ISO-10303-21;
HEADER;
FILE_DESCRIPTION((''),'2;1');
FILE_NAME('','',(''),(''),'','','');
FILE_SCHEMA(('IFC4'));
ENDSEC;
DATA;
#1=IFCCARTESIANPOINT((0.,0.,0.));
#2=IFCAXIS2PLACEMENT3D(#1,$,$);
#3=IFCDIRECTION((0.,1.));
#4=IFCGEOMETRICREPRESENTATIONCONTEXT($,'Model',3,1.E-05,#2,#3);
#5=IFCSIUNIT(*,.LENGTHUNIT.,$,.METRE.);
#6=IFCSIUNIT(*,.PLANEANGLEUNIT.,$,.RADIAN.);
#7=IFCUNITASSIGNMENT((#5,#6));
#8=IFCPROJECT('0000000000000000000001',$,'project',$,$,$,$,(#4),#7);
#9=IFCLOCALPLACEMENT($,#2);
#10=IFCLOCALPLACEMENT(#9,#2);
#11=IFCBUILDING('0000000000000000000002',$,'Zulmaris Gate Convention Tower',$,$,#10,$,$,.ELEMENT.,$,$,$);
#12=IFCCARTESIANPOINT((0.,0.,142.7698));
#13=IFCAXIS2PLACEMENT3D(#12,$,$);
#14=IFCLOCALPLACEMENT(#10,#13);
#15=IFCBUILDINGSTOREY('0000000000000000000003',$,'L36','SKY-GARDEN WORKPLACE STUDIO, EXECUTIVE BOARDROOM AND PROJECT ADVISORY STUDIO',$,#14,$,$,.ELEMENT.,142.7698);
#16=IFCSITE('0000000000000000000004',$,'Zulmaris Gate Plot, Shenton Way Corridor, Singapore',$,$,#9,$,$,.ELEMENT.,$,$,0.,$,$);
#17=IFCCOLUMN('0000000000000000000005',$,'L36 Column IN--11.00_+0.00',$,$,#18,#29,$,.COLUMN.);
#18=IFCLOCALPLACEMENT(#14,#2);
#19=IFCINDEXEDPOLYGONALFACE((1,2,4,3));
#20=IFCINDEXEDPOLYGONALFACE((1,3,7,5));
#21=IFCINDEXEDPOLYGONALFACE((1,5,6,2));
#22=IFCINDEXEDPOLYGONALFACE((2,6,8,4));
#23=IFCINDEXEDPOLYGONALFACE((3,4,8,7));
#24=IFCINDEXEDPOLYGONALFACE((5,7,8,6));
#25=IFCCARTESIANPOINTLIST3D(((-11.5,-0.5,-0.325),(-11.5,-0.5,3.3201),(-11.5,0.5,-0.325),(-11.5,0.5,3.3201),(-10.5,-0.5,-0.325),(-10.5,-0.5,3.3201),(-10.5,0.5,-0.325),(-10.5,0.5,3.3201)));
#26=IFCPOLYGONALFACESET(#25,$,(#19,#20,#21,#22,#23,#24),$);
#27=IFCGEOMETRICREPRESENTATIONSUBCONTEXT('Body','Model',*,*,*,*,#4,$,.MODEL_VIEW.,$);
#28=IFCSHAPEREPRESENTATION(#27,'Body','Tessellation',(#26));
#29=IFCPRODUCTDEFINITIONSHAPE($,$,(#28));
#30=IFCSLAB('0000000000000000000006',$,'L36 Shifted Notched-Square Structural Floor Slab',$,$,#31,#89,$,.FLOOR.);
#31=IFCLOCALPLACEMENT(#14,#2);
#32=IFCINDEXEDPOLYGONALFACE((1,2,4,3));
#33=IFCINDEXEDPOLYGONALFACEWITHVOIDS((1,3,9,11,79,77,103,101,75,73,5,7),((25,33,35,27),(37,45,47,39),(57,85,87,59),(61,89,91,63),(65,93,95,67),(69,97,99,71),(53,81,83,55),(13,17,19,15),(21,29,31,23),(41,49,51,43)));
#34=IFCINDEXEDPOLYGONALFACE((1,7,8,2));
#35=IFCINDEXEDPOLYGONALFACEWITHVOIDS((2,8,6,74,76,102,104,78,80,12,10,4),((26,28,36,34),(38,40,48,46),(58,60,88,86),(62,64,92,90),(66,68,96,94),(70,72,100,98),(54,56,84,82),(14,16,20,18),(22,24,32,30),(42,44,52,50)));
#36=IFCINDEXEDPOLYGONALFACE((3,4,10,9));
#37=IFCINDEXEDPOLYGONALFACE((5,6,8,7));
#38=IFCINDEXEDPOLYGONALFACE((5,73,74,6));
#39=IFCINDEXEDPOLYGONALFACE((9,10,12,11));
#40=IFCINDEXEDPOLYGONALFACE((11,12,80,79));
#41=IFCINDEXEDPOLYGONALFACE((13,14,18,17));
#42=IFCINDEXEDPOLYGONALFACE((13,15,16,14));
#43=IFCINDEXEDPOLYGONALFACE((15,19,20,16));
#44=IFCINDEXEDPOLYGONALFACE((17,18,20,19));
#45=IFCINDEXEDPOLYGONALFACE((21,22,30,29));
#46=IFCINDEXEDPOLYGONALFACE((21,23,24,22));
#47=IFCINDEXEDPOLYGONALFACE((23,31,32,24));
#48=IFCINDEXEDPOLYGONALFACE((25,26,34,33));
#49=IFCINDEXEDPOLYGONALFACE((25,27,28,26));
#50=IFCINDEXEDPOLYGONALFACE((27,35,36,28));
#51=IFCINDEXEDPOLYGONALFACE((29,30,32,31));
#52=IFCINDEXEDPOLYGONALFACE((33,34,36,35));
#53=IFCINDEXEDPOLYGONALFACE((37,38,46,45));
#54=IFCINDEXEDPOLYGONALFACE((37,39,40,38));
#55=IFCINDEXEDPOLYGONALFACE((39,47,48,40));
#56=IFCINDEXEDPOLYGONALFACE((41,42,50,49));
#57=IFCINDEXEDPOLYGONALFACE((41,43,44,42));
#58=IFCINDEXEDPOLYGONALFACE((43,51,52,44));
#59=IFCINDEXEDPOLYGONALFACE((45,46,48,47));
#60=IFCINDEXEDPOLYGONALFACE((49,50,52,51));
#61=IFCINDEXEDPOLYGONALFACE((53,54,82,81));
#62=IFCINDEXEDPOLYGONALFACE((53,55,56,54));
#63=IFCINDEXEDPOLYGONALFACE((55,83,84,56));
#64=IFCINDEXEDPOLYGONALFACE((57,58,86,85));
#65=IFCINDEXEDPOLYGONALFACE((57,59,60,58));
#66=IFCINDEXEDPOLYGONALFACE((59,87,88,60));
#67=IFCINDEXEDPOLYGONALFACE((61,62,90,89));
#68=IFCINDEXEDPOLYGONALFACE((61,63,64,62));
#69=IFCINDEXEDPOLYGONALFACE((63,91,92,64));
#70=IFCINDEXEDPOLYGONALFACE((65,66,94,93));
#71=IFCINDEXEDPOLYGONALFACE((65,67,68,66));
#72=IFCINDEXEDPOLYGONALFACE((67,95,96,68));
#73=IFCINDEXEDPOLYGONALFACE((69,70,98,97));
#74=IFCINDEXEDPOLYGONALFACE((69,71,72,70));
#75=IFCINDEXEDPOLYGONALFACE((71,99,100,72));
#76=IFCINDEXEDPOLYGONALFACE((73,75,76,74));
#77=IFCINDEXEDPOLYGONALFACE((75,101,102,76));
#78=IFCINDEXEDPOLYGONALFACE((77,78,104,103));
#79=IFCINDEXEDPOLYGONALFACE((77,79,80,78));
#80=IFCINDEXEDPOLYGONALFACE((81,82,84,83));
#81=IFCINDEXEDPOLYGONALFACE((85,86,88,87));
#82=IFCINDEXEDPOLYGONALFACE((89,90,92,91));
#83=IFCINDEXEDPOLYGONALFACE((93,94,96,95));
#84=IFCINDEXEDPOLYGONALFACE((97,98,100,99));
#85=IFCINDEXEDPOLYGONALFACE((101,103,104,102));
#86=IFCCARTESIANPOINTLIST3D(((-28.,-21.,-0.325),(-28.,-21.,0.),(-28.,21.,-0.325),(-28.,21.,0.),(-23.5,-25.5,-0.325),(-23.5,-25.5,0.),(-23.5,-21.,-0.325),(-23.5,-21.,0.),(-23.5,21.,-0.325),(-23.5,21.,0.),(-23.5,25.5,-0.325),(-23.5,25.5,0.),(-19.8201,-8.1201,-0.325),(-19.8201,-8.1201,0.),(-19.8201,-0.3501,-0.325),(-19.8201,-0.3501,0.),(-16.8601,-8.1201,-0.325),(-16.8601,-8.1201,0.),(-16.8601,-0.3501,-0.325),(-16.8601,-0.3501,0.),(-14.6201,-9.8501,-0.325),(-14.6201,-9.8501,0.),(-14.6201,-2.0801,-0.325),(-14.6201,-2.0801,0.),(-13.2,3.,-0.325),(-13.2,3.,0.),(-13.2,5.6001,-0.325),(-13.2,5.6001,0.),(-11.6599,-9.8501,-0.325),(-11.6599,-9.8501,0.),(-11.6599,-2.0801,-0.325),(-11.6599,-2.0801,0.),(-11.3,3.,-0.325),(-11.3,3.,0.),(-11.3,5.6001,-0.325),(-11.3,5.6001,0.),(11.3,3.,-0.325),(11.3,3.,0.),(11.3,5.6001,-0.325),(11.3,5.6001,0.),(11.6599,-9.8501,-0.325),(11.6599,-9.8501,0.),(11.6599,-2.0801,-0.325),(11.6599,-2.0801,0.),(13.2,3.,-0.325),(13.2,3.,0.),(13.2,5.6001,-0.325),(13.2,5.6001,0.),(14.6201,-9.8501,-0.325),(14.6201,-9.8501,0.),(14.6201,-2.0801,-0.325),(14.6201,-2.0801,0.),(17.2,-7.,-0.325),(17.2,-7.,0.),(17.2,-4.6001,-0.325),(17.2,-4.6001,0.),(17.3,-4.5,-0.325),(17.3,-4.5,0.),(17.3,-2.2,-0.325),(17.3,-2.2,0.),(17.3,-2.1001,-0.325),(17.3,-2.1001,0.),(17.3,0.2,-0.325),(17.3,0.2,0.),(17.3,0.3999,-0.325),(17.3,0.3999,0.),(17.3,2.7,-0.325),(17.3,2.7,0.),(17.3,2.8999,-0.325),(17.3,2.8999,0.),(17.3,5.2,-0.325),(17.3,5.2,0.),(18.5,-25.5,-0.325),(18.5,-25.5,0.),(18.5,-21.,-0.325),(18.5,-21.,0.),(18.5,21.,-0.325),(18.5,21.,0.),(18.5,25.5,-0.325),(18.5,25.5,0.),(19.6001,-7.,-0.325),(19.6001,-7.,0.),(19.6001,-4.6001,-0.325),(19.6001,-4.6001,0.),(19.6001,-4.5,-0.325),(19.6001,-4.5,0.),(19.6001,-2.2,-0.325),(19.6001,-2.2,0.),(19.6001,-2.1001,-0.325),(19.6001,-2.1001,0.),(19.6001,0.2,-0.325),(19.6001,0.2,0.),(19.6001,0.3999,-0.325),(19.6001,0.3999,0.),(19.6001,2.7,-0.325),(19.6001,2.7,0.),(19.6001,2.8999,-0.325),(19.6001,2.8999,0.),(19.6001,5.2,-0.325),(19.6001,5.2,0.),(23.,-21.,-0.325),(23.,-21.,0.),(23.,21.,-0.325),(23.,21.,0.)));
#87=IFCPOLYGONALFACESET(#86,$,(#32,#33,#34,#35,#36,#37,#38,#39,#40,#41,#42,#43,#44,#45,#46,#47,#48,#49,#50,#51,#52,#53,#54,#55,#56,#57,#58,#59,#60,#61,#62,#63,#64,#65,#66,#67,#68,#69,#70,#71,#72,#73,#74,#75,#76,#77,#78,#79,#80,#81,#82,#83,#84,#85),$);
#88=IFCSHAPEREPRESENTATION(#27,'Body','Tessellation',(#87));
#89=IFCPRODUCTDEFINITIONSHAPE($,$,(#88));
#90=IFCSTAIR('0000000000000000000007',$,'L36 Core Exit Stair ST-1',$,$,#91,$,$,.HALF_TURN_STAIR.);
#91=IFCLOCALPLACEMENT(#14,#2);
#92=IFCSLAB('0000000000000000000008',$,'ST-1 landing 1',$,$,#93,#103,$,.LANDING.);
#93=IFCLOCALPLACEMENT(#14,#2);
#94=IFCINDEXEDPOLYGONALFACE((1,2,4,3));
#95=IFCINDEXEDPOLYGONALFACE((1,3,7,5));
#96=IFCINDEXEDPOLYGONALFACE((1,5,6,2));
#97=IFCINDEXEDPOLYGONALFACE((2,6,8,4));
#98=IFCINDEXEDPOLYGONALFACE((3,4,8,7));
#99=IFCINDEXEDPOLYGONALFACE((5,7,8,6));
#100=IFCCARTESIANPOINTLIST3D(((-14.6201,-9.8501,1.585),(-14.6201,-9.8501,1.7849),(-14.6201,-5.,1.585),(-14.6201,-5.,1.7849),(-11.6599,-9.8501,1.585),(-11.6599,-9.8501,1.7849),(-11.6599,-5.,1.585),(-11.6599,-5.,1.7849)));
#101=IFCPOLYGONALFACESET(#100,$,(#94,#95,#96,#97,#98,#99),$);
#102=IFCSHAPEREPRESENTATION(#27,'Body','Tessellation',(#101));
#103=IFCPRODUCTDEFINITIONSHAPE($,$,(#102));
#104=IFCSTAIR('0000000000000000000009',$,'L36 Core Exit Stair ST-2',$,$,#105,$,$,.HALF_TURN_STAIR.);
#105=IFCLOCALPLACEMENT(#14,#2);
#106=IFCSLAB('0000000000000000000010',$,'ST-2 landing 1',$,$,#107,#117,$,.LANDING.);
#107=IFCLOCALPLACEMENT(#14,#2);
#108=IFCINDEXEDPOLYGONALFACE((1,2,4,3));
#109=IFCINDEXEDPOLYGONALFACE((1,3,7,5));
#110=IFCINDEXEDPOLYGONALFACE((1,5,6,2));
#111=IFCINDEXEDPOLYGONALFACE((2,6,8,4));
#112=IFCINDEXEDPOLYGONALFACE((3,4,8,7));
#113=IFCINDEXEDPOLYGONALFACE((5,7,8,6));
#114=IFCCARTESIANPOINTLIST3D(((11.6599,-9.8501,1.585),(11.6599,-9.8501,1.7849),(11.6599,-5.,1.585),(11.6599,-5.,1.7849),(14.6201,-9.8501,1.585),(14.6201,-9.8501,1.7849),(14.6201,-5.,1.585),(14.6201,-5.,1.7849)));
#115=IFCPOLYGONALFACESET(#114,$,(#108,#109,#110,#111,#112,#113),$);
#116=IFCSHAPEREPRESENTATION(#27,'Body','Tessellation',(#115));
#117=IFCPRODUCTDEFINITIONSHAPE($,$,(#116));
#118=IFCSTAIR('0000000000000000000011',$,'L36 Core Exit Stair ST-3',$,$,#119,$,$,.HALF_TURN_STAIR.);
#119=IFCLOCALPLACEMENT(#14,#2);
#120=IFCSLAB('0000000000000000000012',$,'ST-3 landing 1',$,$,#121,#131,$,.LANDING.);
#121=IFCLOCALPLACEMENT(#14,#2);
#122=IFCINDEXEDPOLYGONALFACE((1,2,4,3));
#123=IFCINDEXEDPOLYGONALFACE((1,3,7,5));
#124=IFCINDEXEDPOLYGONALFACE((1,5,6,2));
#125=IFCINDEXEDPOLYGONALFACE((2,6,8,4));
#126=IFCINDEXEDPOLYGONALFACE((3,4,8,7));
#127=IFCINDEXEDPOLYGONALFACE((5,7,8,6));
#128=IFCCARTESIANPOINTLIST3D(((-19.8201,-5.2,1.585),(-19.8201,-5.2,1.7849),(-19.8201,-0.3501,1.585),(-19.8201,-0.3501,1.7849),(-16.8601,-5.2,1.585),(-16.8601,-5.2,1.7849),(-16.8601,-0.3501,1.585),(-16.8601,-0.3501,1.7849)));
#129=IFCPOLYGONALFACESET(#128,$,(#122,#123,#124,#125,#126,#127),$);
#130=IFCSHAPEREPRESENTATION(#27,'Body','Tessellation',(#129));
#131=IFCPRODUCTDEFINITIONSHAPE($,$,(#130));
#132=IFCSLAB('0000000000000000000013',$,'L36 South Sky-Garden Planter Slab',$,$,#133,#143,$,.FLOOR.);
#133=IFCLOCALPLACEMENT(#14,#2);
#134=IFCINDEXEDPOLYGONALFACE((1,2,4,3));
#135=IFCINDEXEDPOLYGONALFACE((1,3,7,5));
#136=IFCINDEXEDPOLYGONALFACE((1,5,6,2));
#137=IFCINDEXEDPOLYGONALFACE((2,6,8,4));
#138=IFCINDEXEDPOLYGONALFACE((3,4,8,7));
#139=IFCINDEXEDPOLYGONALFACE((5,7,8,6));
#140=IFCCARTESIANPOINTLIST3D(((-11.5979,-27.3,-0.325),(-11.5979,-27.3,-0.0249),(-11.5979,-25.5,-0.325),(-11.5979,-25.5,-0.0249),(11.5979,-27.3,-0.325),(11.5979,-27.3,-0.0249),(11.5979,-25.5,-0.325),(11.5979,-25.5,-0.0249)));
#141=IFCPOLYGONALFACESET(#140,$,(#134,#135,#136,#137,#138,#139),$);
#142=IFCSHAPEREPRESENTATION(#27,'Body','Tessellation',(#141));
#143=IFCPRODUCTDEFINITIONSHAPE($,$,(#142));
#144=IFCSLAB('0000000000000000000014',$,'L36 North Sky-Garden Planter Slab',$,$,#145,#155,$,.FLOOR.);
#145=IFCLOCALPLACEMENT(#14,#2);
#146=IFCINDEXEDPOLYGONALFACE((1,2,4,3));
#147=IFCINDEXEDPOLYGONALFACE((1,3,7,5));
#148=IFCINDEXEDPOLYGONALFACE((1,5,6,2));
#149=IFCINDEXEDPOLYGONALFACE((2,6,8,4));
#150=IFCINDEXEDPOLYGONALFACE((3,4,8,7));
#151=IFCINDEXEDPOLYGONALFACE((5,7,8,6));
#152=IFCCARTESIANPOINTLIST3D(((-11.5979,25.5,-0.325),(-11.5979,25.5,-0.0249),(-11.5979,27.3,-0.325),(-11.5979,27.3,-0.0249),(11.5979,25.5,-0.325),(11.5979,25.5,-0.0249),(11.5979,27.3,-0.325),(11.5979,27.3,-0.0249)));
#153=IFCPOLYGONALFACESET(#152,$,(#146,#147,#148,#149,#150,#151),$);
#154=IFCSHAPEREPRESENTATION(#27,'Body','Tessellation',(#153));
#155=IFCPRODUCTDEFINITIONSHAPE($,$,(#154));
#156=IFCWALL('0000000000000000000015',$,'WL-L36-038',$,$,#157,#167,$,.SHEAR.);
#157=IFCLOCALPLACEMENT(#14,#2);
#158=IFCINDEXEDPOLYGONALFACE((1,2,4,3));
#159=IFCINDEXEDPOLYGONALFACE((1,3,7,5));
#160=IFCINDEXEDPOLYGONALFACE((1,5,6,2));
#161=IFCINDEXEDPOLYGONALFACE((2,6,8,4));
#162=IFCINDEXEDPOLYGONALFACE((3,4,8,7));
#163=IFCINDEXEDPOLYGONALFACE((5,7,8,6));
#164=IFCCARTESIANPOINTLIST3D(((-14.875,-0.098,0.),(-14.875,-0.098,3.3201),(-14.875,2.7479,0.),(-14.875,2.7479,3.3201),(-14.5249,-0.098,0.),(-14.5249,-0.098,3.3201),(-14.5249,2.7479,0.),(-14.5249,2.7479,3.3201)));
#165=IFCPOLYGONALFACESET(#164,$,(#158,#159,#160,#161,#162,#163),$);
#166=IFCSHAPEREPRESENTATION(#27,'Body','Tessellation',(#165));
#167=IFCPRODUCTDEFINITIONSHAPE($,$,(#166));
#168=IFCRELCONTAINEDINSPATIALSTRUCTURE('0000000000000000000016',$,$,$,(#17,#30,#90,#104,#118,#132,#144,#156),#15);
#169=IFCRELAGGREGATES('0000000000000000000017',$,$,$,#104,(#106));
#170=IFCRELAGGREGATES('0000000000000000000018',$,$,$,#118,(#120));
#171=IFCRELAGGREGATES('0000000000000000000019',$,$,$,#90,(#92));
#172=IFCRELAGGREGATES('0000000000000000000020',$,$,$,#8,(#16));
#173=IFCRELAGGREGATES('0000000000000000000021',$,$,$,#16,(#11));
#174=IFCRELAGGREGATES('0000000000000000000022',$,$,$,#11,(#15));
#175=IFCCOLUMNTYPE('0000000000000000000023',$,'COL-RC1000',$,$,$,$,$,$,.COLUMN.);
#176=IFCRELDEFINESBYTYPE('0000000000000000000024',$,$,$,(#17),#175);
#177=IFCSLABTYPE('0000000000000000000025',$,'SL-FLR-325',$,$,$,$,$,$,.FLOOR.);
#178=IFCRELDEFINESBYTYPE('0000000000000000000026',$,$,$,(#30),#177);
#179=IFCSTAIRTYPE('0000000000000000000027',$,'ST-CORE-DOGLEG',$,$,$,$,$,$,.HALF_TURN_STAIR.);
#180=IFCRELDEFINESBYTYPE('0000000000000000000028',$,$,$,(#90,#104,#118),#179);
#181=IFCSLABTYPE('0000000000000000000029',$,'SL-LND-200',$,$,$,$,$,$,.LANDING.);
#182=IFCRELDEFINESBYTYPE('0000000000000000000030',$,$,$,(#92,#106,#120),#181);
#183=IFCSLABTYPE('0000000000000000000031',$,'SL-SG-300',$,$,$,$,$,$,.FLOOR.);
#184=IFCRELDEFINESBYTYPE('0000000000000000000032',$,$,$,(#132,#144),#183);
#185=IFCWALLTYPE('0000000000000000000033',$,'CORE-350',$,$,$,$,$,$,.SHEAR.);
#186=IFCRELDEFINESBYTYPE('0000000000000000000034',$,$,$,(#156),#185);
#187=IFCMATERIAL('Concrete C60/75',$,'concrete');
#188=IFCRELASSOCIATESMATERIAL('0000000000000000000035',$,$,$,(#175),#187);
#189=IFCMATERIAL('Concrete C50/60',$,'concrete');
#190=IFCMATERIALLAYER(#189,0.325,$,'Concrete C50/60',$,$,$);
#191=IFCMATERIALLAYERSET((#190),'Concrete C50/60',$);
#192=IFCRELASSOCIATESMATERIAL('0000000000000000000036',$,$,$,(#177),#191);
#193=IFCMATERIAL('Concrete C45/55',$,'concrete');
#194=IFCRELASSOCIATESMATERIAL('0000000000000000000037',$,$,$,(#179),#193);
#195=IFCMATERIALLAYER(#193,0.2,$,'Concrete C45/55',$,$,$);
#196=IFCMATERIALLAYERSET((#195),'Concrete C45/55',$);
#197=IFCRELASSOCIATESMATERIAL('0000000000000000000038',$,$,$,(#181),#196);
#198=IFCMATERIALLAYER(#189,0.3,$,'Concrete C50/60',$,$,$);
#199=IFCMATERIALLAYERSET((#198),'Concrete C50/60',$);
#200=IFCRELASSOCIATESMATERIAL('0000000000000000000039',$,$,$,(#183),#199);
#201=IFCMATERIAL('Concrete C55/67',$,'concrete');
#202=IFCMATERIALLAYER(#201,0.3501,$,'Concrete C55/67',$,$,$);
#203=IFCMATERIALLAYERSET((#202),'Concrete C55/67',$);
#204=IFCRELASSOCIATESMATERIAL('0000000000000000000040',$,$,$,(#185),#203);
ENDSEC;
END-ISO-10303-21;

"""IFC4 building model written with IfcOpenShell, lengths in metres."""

from ifc_helpers import new_model, si_unit, direction, frame, frame_2d, origin, origin_2d, place, context, subcontext, project, spatial, polyline, rectangle, outline, extrude, material, layer, layer_set, material_profile, profile_set, type_object, element, aggregate, save


model = new_model("IFC4")

# Units and contexts
model_context = context("Model", 3, precision=1e-05, world=origin(), true_north=direction((0.0, 1.0)))
body_context = subcontext(model_context, "Body", "Model", "MODEL_VIEW")
ifc_project = project(units=[si_unit("LENGTHUNIT", "METRE"), si_unit("PLANEANGLEUNIT", "RADIAN")], contexts=[model_context])

# Site, building, storey
site_placement = place(None, origin())
site = spatial("IfcSite", under=ifc_project, at=site_placement, Name="Zulmaris Gate Plot, Shenton Way Corridor, Singapore", CompositionType="ELEMENT", RefElevation=0.0)
building_placement = place(site_placement, origin())
building = spatial("IfcBuilding", under=site, at=building_placement, Name="Zulmaris Gate Convention Tower", CompositionType="ELEMENT")
storey_placement = place(building_placement, frame((0.0, 0.0, 142.7698)))
storey = spatial("IfcBuildingStorey", under=building, at=storey_placement, Name="L36", Description="SKY-GARDEN WORKPLACE STUDIO, EXECUTIVE BOARDROOM AND PROJECT ADVISORY STUDIO", CompositionType="ELEMENT", Elevation=142.7698)

# Column
ifc_material_1 = material(Name="Concrete C60/75", Category="concrete")
ifc_material_profile = material_profile(ifc_material_1, rectangle(XDim=1.0, YDim=1.0, at=origin_2d()), Name="RC COL 1000x1000")
ifc_profile_set = profile_set([ifc_material_profile], Name="Concrete C60/75")
column_type = type_object("IfcColumnType", Name="COL-RC1000", PredefinedType="COLUMN", material=ifc_profile_set)
column_placement = place(storey_placement, frame((-11.0, 0.0, -0.325), z_axis=(0.0, 0.0, 1.0), x_axis=(1.0, 0.0, 0.0)))
element("IfcColumn", 1, at=column_placement, inside=storey, type_object=column_type, Name="L36 Column IN--11.00_+0.00", PredefinedType="COLUMN", context=body_context, shape_type="SweptSolid", body=[
    extrude(rectangle(XDim=1.0, YDim=1.0, at=origin_2d()), origin(), (0.0, 0.0, 1.0), 3.645),
])

# Slab
ifc_material_2 = material(Name="Concrete C50/60", Category="concrete")
ifc_layer_1 = layer(ifc_material_2, 0.325, Name="Concrete C50/60")
ifc_layer_set_1 = layer_set([ifc_layer_1], Name="Concrete C50/60")
slab_type_1 = type_object("IfcSlabType", Name="SL-FLR-325", PredefinedType="FLOOR", material=ifc_layer_set_1)
slab_1_placement = place(storey_placement, frame((0.0, 0.0, -0.325)))
element("IfcSlab", 2, at=slab_1_placement, inside=storey, type_object=slab_type_1, Name="L36 Shifted Notched-Square Structural Floor Slab", PredefinedType="FLOOR", context=body_context, shape_type="SweptSolid", body=[
    extrude(outline(polyline([(-23.5, -25.5), (18.5, -25.5), (18.5, -21.0), (23.0, -21.0), (23.0, 21.0), (18.5, 21.0), (18.5, 25.5), (-23.5, 25.5), (-23.5, 21.0), (-28.0, 21.0), (-28.0, -21.0), (-23.5, -21.0), (-23.5, -25.5)]), holes=[polyline([(-14.6201, -2.0801), (-14.6201, -9.8501), (-11.6599, -9.8501), (-11.6599, -2.0801), (-14.6201, -2.0801)]), polyline([(11.6599, -2.0801), (11.6599, -9.8501), (14.6201, -9.8501), (14.6201, -2.0801), (11.6599, -2.0801)]), polyline([(-16.8601, -8.1201), (-16.8601, -0.3501), (-19.8201, -0.3501), (-19.8201, -8.1201), (-16.8601, -8.1201)]), polyline([(-13.2, 3.0), (-11.3, 3.0), (-11.3, 5.6001), (-13.2, 5.6001), (-13.2, 3.0)]), polyline([(11.3, 3.0), (13.2, 3.0), (13.2, 5.6001), (11.3, 5.6001), (11.3, 3.0)]), polyline([(17.2, -7.0), (19.6001, -7.0), (19.6001, -4.6001), (17.2, -4.6001), (17.2, -7.0)]), polyline([(17.3, -4.5), (19.6001, -4.5), (19.6001, -2.2), (17.3, -2.2), (17.3, -4.5)]), polyline([(17.3, -2.1001), (19.6001, -2.1001), (19.6001, 0.2), (17.3, 0.2), (17.3, -2.1001)]), polyline([(17.3, 0.3999), (19.6001, 0.3999), (19.6001, 2.7), (17.3, 2.7), (17.3, 0.3999)]), polyline([(17.3, 2.8999), (19.6001, 2.8999), (19.6001, 5.2), (17.3, 5.2), (17.3, 2.8999)])]), origin(), (0.0, 0.0, 1.0), 0.325),
])

# Stairs, slabs
ifc_material_3 = material(Name="Concrete C45/55", Category="concrete")
stair_type = type_object("IfcStairType", Name="ST-CORE-DOGLEG", PredefinedType="HALF_TURN_STAIR", material=ifc_material_3)
stair_1_placement = place(storey_placement, origin())
stair_1 = element("IfcStair", 3, at=stair_1_placement, inside=storey, type_object=stair_type, Name="L36 Core Exit Stair ST-1", PredefinedType="HALF_TURN_STAIR")
ifc_layer_2 = layer(ifc_material_3, 0.2, Name="Concrete C45/55")
ifc_layer_set_2 = layer_set([ifc_layer_2], Name="Concrete C45/55")
slab_type_2 = type_object("IfcSlabType", Name="SL-LND-200", PredefinedType="LANDING", material=ifc_layer_set_2)
slab_2_placement = place(storey_placement, frame((0.0, 0.0, 1.585)))
slab_2 = element("IfcSlab", 4, at=slab_2_placement, type_object=slab_type_2, Name="ST-1 landing 1", PredefinedType="LANDING", context=body_context, shape_type="SweptSolid", body=[
    extrude(outline(polyline([(-14.6201, -5.0), (-14.6201, -9.8501), (-11.6599, -9.8501), (-11.6599, -5.0), (-14.6201, -5.0)])), origin(), (0.0, 0.0, 1.0), 0.2),
])
stair_2_placement = place(storey_placement, origin())
stair_2 = element("IfcStair", 5, at=stair_2_placement, inside=storey, type_object=stair_type, Name="L36 Core Exit Stair ST-2", PredefinedType="HALF_TURN_STAIR")
slab_3_placement = place(storey_placement, frame((0.0, 0.0, 1.585)))
slab_3 = element("IfcSlab", 6, at=slab_3_placement, type_object=slab_type_2, Name="ST-2 landing 1", PredefinedType="LANDING", context=body_context, shape_type="SweptSolid", body=[
    extrude(outline(polyline([(11.6599, -5.0), (11.6599, -9.8501), (14.6201, -9.8501), (14.6201, -5.0), (11.6599, -5.0)])), origin(), (0.0, 0.0, 1.0), 0.2),
])
aggregate(stair_2, [slab_3])
stair_3_placement = place(storey_placement, origin())
stair_3 = element("IfcStair", 7, at=stair_3_placement, inside=storey, type_object=stair_type, Name="L36 Core Exit Stair ST-3", PredefinedType="HALF_TURN_STAIR")
slab_4_placement = place(storey_placement, frame((0.0, 0.0, 1.585)))
slab_4 = element("IfcSlab", 8, at=slab_4_placement, type_object=slab_type_2, Name="ST-3 landing 1", PredefinedType="LANDING", context=body_context, shape_type="SweptSolid", body=[
    extrude(outline(polyline([(-16.8601, -5.2), (-16.8601, -0.3501), (-19.8201, -0.3501), (-19.8201, -5.2), (-16.8601, -5.2)])), origin(), (0.0, 0.0, 1.0), 0.2),
])
aggregate(stair_3, [slab_4])

# Slabs
ifc_layer_3 = layer(ifc_material_2, 0.3, Name="Concrete C50/60")
ifc_layer_set_3 = layer_set([ifc_layer_3], Name="Concrete C50/60")
slab_type_3 = type_object("IfcSlabType", Name="SL-SG-300", PredefinedType="FLOOR", material=ifc_layer_set_3)
slab_5_placement = place(storey_placement, frame((0.0, 0.0, -0.325)))
element("IfcSlab", 9, at=slab_5_placement, inside=storey, type_object=slab_type_3, Name="L36 South Sky-Garden Planter Slab", PredefinedType="FLOOR", context=body_context, shape_type="SweptSolid", body=[
    extrude(outline(polyline([(-11.5979, -27.3), (-11.5979, -25.5), (11.5979, -25.5), (11.5979, -27.3), (-11.5979, -27.3)])), origin(), (0.0, 0.0, 1.0), 0.3),
])
slab_6_placement = place(storey_placement, frame((0.0, 0.0, -0.325)))
element("IfcSlab", 10, at=slab_6_placement, inside=storey, type_object=slab_type_3, Name="L36 North Sky-Garden Planter Slab", PredefinedType="FLOOR", context=body_context, shape_type="SweptSolid", body=[
    extrude(outline(polyline([(11.5979, 27.3), (11.5979, 25.5), (-11.5979, 25.5), (-11.5979, 27.3), (11.5979, 27.3)])), origin(), (0.0, 0.0, 1.0), 0.3),
])

# Wall
ifc_material_4 = material(Name="Concrete C55/67", Category="concrete")
ifc_layer_4 = layer(ifc_material_4, 0.3501, Name="Concrete C55/67")
ifc_layer_set_4 = layer_set([ifc_layer_4], Name="Concrete C55/67")
wall_type_1 = type_object("IfcWallType", Name="CORE-350", PredefinedType="SHEAR", material=ifc_layer_set_4)
wall_1_placement = place(storey_placement, frame((-14.7, -0.0979, 0.0), z_axis=(0.0, 0.0, 1.0), x_axis=(0.0, 1.0, 0.0)))
element("IfcWall", 11, at=wall_1_placement, inside=storey, type_object=wall_type_1, Name="WL-L36-038", PredefinedType="SHEAR", context=body_context, shape_type="SweptSolid", body=[
    extrude(rectangle(XDim=2.8459, YDim=0.3501, at=frame_2d((1.4229, 0.0))), origin(), (0.0, 0.0, 1.0), 3.3201),
])

aggregate(stair_1, [slab_2])

save(model, "model.ifc")
